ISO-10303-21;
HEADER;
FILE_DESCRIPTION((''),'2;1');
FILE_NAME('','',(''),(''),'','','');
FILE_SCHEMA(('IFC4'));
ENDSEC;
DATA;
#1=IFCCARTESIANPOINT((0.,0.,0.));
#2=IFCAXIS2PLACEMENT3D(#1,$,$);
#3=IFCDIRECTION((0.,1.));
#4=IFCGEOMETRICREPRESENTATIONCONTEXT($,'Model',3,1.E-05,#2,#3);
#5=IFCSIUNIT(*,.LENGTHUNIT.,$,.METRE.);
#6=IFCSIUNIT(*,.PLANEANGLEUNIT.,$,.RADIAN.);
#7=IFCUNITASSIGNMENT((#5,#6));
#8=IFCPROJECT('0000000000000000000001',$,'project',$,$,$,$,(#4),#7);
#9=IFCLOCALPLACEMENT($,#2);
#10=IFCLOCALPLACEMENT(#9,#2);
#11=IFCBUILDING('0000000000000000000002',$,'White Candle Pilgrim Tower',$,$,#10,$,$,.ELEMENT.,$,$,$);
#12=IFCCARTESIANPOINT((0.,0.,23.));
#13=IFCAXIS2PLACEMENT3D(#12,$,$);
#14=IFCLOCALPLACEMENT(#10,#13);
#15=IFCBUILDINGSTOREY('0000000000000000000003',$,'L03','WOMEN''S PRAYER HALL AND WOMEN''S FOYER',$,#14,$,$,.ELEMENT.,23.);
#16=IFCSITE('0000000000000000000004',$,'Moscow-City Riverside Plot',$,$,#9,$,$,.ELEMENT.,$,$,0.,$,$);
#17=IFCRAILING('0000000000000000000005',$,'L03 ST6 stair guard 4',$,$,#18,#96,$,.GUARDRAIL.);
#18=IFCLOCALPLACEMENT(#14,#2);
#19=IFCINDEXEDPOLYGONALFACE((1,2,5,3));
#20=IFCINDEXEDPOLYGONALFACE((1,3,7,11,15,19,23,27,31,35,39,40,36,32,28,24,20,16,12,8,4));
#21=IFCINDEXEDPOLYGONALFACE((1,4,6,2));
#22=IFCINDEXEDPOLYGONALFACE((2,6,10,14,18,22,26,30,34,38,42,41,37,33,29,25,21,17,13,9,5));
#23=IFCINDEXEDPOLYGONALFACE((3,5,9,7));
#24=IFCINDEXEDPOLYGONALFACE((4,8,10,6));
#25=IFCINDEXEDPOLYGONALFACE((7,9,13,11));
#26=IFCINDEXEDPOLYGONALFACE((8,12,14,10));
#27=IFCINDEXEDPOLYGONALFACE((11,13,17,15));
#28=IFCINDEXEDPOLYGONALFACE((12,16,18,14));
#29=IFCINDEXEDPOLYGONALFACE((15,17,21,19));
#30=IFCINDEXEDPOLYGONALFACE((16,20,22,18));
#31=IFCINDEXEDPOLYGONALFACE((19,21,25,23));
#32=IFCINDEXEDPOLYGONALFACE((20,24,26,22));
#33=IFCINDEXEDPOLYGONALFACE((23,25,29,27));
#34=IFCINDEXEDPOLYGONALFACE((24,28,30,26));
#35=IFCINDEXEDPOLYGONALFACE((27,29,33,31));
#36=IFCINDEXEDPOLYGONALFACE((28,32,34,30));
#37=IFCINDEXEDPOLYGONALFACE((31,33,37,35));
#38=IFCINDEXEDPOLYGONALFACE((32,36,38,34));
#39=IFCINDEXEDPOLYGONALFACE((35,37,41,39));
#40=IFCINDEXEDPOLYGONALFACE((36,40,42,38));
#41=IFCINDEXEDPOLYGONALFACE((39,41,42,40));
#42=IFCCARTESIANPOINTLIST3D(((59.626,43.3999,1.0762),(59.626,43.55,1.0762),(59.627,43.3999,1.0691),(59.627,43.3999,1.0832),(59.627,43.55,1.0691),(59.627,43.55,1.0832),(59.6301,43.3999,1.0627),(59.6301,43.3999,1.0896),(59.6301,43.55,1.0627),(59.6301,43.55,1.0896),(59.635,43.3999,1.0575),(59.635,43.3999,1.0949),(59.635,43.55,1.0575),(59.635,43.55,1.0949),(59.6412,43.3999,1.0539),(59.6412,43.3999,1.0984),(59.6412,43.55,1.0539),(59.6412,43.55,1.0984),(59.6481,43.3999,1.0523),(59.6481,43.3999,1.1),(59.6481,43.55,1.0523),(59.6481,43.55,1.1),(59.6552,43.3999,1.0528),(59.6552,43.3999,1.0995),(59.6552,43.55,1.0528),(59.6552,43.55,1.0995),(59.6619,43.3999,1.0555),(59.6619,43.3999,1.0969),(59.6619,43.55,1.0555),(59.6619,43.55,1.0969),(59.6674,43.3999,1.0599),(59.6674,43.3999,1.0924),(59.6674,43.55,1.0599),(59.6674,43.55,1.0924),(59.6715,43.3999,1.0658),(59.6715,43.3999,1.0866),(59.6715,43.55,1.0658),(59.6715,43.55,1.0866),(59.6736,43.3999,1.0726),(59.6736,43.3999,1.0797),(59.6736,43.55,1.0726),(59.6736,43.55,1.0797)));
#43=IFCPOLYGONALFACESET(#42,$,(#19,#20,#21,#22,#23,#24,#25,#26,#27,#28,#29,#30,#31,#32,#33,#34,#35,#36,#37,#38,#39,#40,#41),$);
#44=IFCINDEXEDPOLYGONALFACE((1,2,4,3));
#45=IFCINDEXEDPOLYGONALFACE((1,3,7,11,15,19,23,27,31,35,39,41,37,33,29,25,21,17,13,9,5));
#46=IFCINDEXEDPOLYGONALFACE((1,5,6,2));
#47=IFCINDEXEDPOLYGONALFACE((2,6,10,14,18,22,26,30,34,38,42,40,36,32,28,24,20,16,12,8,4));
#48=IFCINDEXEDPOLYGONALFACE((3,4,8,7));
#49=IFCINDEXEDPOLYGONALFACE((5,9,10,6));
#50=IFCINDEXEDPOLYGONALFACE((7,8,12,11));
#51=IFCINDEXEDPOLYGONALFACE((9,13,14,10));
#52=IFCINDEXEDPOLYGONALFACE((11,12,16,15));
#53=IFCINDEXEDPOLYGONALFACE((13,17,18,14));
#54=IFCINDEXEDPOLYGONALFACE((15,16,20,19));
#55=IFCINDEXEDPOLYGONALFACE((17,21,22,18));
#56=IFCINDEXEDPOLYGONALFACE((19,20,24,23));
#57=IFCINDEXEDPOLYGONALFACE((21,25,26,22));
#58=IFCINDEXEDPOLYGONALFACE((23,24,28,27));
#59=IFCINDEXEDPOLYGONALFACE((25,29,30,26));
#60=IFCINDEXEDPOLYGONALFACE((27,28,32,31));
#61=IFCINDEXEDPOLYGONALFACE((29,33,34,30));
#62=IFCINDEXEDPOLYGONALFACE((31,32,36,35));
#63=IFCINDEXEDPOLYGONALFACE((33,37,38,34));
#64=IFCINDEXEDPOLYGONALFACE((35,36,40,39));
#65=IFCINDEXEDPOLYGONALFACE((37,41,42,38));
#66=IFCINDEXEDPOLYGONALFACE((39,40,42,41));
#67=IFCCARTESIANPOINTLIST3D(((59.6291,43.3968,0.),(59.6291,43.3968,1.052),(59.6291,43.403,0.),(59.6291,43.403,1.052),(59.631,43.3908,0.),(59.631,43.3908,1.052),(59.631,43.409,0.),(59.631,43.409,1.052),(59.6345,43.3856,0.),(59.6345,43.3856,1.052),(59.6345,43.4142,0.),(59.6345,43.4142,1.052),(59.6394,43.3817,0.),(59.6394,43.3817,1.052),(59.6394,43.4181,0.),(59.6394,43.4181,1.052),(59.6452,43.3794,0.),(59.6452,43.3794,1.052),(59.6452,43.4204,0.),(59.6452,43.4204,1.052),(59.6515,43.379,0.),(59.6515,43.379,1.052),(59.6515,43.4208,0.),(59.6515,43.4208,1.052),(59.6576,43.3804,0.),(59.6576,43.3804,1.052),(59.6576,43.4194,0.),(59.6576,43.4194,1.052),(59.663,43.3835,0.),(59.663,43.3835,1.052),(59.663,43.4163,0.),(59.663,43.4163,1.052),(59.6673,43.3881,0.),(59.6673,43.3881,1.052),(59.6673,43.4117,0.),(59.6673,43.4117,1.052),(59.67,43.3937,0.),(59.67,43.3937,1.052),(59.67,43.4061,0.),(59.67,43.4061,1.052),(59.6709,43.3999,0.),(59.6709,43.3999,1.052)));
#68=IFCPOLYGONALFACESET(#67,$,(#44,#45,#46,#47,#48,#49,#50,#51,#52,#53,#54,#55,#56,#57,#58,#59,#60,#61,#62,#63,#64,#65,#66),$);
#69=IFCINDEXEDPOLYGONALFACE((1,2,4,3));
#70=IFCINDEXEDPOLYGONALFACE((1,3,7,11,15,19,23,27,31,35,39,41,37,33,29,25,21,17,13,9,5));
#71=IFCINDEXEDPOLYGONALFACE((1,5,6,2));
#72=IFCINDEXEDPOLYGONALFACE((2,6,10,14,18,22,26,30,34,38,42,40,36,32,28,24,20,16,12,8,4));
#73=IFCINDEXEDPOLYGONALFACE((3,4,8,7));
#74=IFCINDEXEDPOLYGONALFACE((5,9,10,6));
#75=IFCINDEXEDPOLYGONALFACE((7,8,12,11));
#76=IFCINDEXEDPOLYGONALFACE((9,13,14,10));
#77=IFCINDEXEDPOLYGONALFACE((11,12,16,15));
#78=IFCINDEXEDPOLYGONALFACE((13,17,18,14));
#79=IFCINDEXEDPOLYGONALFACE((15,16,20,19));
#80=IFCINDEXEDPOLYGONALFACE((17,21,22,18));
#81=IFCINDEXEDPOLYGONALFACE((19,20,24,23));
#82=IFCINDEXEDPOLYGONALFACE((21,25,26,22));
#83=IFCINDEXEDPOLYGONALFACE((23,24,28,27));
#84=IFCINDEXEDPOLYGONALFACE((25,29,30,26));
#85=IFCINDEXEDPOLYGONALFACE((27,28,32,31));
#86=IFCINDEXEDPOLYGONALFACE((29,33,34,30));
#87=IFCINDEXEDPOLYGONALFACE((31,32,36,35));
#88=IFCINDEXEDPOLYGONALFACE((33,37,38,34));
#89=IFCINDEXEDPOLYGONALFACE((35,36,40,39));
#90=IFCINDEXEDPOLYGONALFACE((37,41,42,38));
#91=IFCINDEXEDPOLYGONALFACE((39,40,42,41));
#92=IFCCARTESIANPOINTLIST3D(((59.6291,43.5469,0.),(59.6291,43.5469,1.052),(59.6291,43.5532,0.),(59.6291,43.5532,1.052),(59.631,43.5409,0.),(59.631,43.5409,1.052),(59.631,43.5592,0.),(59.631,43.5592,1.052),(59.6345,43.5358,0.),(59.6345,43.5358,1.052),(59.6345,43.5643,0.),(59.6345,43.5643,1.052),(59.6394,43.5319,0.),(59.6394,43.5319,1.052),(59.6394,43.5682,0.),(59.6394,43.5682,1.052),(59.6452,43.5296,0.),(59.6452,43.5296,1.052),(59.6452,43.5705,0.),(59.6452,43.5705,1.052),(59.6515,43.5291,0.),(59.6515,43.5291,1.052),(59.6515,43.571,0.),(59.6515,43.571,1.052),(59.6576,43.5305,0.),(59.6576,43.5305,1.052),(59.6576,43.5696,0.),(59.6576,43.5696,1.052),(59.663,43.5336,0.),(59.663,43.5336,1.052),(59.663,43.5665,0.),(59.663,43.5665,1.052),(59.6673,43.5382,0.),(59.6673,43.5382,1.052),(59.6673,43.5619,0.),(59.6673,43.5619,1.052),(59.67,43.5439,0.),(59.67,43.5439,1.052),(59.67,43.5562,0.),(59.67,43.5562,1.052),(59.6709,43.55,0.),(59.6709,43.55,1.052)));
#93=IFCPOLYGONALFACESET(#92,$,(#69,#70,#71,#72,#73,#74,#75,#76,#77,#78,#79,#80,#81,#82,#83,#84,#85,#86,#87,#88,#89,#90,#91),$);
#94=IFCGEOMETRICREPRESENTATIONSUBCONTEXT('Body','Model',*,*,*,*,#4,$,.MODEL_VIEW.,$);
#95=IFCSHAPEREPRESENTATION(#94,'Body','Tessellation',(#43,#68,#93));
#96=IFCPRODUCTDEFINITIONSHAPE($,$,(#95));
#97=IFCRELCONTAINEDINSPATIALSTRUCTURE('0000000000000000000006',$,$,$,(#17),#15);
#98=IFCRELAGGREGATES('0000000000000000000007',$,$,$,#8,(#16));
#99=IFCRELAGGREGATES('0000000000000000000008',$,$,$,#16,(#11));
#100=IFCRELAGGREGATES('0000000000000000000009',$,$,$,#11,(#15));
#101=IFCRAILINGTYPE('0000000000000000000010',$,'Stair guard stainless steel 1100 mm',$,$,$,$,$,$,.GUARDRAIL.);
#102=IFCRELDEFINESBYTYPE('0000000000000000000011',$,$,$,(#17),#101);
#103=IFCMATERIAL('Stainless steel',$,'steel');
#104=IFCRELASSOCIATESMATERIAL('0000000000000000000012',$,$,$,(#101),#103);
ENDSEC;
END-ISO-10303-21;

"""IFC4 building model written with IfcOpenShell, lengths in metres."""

from ifc_helpers import new_model, si_unit, direction, frame, origin, origin_2d, place, context, subcontext, project, spatial, circle, extrude, material, type_object, element, save


model = new_model("IFC4")

# Units and contexts
model_context = context("Model", 3, precision=1e-05, world=origin(), true_north=direction((0.0, 1.0)))
body_context = subcontext(model_context, "Body", "Model", "MODEL_VIEW")
ifc_project = project(units=[si_unit("LENGTHUNIT", "METRE"), si_unit("PLANEANGLEUNIT", "RADIAN")], contexts=[model_context])

# Site, building, storey
site_placement = place(None, origin())
site = spatial("IfcSite", under=ifc_project, at=site_placement, Name="Moscow-City Riverside Plot", CompositionType="ELEMENT", RefElevation=0.0)
building_placement = place(site_placement, origin())
building = spatial("IfcBuilding", under=site, at=building_placement, Name="White Candle Pilgrim Tower", CompositionType="ELEMENT")
storey_placement = place(building_placement, frame((0.0, 0.0, 23.0)))
storey = spatial("IfcBuildingStorey", under=building, at=storey_placement, Name="L03", Description="WOMEN'S PRAYER HALL AND WOMEN'S FOYER", CompositionType="ELEMENT", Elevation=23.0)

# Railing
ifc_material_1 = material(Name="Stainless steel", Category="steel")
railing_type_1 = type_object("IfcRailingType", Name="Stair guard stainless steel 1100 mm", PredefinedType="GUARDRAIL", material=ifc_material_1)
railing_1_placement = place(storey_placement, frame((59.6499, 43.3999, 0.0)))
element("IfcRailing", 1, at=railing_1_placement, inside=storey, type_object=railing_type_1, Name="L03 ST6 stair guard 4", PredefinedType="GUARDRAIL", context=body_context, shape_type="SweptSolid", body=[
    extrude(circle(Radius=0.0239, at=origin_2d()), frame((0.0, 0.0, 1.0762), z_axis=(0.0, 1.0, 0.0), x_axis=(-1.0, 0.0, 0.0)), (0.0, 0.0, 1.0), 0.1501),
    extrude(circle(Radius=0.021, at=origin_2d()), origin(), (0.0, 0.0, 1.0), 1.052),
    extrude(circle(Radius=0.021, at=origin_2d()), frame((0.0, 0.1501, 0.0)), (0.0, 0.0, 1.0), 1.052),
])

save(model, "model.ifc")
